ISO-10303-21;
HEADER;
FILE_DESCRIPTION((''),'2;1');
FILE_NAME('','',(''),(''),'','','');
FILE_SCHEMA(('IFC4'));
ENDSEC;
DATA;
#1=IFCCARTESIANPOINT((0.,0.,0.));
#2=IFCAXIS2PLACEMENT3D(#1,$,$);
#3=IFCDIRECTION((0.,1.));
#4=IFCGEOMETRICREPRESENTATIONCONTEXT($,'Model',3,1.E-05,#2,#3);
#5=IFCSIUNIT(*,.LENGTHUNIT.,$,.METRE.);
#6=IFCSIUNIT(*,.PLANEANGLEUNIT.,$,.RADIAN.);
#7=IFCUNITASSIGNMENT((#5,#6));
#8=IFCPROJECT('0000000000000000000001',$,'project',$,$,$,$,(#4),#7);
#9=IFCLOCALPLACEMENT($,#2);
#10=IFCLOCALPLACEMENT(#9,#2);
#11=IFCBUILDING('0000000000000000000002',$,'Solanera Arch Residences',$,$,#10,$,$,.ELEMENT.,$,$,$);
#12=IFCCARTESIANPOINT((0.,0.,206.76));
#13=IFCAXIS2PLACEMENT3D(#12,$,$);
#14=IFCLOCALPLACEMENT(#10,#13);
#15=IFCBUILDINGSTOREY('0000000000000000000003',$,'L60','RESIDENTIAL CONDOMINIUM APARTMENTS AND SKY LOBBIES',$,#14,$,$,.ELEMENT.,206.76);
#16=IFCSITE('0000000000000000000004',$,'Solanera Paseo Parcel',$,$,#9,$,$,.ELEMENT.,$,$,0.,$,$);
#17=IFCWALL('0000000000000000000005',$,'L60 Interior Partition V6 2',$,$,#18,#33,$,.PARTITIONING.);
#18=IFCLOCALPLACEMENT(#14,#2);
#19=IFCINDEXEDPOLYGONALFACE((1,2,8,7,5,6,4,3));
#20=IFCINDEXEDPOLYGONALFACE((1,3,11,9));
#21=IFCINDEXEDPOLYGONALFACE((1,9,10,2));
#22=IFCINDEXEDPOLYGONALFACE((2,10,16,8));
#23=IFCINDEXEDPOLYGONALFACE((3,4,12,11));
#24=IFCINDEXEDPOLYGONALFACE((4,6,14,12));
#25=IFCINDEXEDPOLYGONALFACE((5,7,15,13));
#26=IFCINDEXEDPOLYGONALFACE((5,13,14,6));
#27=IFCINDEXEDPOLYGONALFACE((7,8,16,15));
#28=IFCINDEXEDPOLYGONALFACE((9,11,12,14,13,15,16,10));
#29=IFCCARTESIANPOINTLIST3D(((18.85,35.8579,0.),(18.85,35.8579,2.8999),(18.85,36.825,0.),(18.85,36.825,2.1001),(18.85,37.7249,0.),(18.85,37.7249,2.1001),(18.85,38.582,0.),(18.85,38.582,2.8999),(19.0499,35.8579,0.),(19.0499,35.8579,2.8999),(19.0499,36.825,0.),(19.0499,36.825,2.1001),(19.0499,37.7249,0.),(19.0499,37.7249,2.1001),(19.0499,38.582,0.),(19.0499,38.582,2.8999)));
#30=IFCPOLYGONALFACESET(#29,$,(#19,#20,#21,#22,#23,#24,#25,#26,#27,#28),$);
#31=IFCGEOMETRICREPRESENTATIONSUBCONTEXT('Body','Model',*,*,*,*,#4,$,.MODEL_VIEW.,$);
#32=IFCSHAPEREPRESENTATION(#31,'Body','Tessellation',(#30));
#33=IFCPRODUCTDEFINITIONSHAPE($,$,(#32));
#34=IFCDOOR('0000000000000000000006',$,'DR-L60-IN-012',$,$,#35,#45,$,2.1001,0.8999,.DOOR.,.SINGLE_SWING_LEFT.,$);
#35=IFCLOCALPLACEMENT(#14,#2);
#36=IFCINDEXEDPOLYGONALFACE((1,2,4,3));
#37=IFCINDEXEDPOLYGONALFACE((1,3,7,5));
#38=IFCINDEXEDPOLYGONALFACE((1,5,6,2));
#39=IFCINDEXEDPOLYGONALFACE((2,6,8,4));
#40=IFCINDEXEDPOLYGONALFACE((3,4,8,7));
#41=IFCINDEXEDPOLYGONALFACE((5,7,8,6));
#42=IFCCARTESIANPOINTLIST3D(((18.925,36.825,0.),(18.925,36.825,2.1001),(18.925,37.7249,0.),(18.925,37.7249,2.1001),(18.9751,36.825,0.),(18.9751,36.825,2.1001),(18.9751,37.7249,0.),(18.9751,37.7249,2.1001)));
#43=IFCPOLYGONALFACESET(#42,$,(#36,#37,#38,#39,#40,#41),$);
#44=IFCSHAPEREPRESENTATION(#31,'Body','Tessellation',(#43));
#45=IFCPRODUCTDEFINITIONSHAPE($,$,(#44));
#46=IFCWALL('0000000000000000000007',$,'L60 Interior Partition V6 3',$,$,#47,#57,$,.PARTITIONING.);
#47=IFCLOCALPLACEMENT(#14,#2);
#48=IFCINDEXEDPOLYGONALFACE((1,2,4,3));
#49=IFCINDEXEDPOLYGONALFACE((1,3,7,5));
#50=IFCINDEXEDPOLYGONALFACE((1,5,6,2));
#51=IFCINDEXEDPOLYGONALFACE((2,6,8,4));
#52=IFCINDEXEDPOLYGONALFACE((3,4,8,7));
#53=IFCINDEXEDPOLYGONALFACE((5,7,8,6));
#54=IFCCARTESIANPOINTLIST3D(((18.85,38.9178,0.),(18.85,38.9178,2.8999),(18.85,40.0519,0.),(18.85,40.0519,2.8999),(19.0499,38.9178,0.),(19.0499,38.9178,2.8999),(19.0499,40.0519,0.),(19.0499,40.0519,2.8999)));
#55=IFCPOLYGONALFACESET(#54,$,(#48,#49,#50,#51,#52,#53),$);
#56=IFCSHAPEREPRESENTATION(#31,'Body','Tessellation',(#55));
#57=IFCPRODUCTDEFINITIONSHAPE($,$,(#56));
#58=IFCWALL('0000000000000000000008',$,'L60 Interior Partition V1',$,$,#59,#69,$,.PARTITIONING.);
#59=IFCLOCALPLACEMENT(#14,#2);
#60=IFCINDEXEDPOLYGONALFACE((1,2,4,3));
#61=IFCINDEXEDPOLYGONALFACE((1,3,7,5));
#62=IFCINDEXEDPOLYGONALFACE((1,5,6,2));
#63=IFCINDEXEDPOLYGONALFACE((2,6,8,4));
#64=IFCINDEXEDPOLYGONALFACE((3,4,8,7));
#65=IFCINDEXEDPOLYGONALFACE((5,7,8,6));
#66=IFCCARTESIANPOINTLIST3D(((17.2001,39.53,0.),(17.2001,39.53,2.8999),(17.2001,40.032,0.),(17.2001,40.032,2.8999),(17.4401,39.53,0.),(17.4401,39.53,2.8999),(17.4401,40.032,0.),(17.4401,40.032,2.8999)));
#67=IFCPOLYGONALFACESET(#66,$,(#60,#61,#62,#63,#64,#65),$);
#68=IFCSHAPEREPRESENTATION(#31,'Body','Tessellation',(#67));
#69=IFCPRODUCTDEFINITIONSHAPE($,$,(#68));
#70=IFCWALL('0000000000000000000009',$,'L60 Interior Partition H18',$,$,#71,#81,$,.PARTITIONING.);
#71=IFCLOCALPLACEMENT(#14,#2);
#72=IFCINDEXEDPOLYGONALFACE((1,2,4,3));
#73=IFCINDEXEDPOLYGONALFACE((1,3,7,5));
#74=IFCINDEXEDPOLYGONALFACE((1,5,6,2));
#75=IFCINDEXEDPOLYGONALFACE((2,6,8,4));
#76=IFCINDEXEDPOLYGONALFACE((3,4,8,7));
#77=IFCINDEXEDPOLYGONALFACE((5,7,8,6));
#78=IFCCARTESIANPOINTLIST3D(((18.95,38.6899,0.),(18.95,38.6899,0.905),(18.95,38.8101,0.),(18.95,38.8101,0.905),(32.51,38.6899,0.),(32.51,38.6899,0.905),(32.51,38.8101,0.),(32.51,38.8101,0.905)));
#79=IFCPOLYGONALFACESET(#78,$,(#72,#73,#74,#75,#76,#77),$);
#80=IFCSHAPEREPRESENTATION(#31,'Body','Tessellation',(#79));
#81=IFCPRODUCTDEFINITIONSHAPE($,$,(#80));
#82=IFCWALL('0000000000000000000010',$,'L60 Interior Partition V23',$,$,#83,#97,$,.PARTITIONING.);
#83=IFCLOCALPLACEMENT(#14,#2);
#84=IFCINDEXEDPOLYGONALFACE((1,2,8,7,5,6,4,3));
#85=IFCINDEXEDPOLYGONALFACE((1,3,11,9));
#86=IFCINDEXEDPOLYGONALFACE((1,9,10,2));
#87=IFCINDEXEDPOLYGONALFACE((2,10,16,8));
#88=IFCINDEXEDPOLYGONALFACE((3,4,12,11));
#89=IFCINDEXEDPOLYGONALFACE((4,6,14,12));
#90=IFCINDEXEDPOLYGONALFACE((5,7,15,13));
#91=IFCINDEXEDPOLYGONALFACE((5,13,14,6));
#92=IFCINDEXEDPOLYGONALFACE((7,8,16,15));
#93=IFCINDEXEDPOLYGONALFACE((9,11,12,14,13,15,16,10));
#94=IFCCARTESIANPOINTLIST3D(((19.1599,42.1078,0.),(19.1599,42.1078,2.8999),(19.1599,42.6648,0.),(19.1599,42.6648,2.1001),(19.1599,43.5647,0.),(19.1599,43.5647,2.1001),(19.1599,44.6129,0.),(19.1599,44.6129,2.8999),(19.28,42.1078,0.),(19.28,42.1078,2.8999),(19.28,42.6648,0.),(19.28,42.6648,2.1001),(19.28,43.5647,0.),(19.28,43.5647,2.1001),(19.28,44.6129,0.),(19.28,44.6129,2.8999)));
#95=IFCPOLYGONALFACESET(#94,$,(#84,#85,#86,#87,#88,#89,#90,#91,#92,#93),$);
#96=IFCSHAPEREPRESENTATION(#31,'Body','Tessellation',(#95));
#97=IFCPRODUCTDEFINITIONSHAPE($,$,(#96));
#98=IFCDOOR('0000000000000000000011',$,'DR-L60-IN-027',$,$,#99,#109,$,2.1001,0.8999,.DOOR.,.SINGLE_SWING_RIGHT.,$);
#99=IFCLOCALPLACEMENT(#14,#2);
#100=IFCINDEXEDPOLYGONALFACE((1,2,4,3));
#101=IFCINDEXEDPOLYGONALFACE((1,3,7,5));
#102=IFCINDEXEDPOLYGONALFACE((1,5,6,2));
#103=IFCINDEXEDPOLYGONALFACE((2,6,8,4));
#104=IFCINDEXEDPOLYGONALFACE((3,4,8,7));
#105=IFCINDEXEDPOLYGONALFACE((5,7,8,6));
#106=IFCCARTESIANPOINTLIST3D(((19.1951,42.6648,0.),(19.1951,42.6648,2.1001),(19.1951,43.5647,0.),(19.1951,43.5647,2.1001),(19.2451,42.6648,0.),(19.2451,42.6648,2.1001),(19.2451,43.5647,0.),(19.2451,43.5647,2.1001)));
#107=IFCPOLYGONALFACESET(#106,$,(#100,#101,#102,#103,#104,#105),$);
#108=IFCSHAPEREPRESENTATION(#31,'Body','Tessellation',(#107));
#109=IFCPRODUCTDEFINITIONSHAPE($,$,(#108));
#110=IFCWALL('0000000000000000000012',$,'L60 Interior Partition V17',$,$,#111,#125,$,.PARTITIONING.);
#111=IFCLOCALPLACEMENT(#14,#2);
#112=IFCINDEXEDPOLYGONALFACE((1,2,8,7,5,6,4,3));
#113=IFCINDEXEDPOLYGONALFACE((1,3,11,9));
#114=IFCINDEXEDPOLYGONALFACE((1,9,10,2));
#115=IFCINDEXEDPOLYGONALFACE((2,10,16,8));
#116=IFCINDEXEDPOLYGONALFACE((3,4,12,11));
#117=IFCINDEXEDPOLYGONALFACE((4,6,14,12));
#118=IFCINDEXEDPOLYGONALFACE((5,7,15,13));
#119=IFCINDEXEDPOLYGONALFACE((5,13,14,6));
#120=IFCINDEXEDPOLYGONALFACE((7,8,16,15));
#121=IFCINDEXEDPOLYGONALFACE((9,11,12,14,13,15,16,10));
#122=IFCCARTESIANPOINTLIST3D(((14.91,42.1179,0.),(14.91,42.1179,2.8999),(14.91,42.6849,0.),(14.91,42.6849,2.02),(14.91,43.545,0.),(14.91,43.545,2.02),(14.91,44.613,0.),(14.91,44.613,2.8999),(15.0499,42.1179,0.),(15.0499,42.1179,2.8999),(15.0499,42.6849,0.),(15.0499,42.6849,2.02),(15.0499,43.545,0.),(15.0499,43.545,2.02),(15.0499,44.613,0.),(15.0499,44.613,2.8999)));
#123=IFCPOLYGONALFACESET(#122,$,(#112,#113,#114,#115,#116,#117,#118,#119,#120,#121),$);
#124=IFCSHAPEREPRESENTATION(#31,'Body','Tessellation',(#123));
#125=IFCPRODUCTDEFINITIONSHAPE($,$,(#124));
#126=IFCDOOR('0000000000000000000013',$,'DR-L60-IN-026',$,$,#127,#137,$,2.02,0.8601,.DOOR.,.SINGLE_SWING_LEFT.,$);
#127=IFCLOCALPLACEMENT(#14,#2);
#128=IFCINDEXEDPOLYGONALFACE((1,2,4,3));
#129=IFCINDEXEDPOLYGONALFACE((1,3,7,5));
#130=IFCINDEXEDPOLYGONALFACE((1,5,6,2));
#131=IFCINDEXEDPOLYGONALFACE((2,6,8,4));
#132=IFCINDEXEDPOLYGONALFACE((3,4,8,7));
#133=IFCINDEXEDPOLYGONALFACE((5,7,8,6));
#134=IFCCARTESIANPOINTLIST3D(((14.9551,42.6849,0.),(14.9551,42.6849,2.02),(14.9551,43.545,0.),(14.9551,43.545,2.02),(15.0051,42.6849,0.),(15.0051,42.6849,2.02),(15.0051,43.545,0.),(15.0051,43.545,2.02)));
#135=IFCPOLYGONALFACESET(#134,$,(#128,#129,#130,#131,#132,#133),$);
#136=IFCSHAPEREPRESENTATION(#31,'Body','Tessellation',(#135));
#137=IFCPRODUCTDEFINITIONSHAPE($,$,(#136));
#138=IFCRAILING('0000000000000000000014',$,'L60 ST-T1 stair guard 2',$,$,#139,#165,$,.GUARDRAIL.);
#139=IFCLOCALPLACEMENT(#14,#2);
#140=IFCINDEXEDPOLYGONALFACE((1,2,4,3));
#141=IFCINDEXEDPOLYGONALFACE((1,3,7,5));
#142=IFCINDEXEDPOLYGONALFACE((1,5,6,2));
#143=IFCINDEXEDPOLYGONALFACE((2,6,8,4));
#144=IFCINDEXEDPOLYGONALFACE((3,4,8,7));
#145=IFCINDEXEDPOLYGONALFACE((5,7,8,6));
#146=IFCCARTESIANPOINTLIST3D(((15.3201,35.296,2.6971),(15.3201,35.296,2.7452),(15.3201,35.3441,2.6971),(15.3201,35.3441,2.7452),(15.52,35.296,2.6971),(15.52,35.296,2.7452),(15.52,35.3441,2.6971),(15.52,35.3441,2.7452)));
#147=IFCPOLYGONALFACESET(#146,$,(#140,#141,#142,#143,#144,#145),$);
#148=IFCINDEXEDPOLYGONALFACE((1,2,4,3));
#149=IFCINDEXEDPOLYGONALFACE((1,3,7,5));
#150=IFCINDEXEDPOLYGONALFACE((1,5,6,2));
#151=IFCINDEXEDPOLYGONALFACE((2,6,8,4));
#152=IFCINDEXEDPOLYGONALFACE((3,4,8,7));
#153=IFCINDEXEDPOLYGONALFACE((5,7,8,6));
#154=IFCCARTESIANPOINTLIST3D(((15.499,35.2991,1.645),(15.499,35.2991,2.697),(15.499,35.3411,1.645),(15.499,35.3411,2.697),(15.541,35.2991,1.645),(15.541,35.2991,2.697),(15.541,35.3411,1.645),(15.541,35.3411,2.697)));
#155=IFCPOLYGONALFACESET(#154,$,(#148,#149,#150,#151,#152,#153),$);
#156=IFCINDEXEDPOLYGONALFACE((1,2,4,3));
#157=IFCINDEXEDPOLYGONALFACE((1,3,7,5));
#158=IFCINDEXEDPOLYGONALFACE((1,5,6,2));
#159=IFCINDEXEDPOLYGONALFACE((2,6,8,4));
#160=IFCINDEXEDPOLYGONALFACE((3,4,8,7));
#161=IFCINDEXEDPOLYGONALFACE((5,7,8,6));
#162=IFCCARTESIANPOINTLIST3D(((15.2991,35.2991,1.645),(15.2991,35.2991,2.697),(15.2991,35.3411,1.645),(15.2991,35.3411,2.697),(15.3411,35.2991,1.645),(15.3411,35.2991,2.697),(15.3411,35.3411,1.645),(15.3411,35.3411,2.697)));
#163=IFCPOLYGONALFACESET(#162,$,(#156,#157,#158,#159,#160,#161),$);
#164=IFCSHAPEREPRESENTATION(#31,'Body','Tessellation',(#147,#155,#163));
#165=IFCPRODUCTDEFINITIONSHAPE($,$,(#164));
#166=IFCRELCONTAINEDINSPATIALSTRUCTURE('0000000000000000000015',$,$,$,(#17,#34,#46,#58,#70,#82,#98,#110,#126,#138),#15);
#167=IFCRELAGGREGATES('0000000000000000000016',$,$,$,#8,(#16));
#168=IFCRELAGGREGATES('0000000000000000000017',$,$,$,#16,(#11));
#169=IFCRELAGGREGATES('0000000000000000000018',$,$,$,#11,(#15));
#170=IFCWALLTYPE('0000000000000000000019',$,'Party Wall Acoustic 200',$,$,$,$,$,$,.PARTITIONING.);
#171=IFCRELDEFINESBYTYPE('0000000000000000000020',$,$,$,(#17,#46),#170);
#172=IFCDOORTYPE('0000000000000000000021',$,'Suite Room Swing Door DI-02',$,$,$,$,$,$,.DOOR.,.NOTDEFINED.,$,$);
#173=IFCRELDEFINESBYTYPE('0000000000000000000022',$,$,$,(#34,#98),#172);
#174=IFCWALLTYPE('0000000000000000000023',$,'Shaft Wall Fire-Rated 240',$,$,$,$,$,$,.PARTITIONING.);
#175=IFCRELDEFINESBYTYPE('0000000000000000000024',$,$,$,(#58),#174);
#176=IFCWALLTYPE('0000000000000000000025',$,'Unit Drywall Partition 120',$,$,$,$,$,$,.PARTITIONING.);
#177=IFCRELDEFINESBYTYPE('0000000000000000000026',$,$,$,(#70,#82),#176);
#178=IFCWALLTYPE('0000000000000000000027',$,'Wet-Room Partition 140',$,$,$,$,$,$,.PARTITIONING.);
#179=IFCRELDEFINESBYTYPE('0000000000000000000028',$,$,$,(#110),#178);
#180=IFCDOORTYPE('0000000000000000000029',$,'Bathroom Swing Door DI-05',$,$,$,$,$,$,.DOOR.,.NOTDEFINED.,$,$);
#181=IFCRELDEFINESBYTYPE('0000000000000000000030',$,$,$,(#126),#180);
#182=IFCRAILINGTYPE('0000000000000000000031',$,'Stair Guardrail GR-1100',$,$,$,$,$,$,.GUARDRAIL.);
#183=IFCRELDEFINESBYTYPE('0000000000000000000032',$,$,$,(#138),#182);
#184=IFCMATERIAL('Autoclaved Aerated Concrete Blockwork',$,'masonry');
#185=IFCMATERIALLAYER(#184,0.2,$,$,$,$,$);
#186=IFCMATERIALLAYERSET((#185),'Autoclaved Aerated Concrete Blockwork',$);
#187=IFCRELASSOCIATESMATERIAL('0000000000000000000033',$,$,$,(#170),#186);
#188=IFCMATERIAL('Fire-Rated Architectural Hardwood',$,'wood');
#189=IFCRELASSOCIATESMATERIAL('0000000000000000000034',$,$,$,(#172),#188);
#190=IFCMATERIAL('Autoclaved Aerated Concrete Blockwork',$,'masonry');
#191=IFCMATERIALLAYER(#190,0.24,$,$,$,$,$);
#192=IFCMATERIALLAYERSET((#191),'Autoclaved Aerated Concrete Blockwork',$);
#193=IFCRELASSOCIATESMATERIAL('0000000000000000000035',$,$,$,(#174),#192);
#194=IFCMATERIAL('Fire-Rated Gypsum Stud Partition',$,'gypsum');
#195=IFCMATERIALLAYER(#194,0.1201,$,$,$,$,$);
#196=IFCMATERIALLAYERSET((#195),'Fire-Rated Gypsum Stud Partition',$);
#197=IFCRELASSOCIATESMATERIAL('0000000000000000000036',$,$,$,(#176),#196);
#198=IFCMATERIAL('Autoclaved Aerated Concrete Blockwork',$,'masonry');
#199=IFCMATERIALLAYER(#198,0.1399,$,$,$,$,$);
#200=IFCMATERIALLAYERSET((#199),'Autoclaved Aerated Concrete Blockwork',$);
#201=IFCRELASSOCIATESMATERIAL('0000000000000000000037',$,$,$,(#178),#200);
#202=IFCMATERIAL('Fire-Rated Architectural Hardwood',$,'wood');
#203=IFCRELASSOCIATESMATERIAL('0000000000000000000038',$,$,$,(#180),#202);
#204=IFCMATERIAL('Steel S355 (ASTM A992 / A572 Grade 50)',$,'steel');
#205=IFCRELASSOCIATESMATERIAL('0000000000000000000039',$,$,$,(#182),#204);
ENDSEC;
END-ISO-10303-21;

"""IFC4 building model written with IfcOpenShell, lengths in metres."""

from ifc_helpers import new_model, si_unit, direction, frame, frame_2d, origin, origin_2d, place, context, subcontext, project, spatial, rectangle, extrude, material, layer, layer_set, type_object, element, fill, save


model = new_model("IFC4")

# Units and contexts
model_context = context("Model", 3, precision=1e-05, world=origin(), true_north=direction((0.0, 1.0)))
body_context = subcontext(model_context, "Body", "Model", "MODEL_VIEW")
ifc_project = project(units=[si_unit("LENGTHUNIT", "METRE"), si_unit("PLANEANGLEUNIT", "RADIAN")], contexts=[model_context])

# Site, building, storey
site_placement = place(None, origin())
site = spatial("IfcSite", under=ifc_project, at=site_placement, Name="Solanera Paseo Parcel", CompositionType="ELEMENT", RefElevation=0.0)
building_placement = place(site_placement, origin())
building = spatial("IfcBuilding", under=site, at=building_placement, Name="Solanera Arch Residences", CompositionType="ELEMENT")
storey_placement = place(building_placement, frame((0.0, 0.0, 206.76)))
storey = spatial("IfcBuildingStorey", under=building, at=storey_placement, Name="L60", Description="RESIDENTIAL CONDOMINIUM APARTMENTS AND SKY LOBBIES", CompositionType="ELEMENT", Elevation=206.76)

# Shared definitions
ifc_material_1 = material(Name="Autoclaved Aerated Concrete Blockwork", Category="masonry")
ifc_layer_1 = layer(ifc_material_1, 0.2)
ifc_layer_set_1 = layer_set([ifc_layer_1], Name="Autoclaved Aerated Concrete Blockwork")
wall_type_1 = type_object("IfcWallType", Name="Party Wall Acoustic 200", PredefinedType="PARTITIONING", material=ifc_layer_set_1)

# Wall, opening, door
wall_1_placement = place(storey_placement, frame((18.95, 35.8579, 0.0), z_axis=(0.0, 0.0, 1.0), x_axis=(0.0, 1.0, 0.0)))
wall_1 = element("IfcWall", 1, at=wall_1_placement, inside=storey, type_object=wall_type_1, Name="L60 Interior Partition V6 2", PredefinedType="PARTITIONING", context=body_context, shape_type="SweptSolid", body=[
    extrude(rectangle(XDim=2.7241, YDim=0.2, at=frame_2d((1.3621, 0.0))), origin(), (0.0, 0.0, 1.0), 2.8999),
])
opening_1_placement = place(wall_1_placement, frame((0.967, 0.0, 0.0)))
opening_1 = element("IfcOpeningElement", 2, at=opening_1_placement, cuts=wall_1, PredefinedType="OPENING", context=body_context, shape_type="SweptSolid", body=[
    extrude(rectangle(XDim=0.8999, YDim=2.1001, at=frame_2d((0.45, 1.05))), frame((0.0, 0.1101, 0.0), z_axis=(0.0, -1.0, 0.0), x_axis=(1.0, 0.0, 0.0)), (0.0, 0.0, 1.0), 0.22),
])
ifc_material_2 = material(Name="Fire-Rated Architectural Hardwood", Category="wood")
door_type_1 = type_object("IfcDoorType", Name="Suite Room Swing Door DI-02", OperationType="NOTDEFINED", PredefinedType="DOOR", material=ifc_material_2)
door_1_placement = place(opening_1_placement, origin())
door_1 = element("IfcDoor", 3, at=door_1_placement, inside=storey, type_object=door_type_1, Name="DR-L60-IN-012", OperationType="SINGLE_SWING_LEFT", OverallHeight=2.1001, OverallWidth=0.8999, PredefinedType="DOOR", context=body_context, shape_type="SweptSolid", body=[
    extrude(rectangle(XDim=0.8999, YDim=2.1001, at=frame_2d((0.45, 1.05))), frame((0.0, 0.0249, 0.0), z_axis=(0.0, -1.0, 0.0), x_axis=(1.0, 0.0, 0.0)), (0.0, 0.0, 1.0), 0.05),
])
fill(opening_1, door_1)

# Walls
wall_2_placement = place(storey_placement, frame((18.95, 38.918, 0.0), z_axis=(0.0, 0.0, 1.0), x_axis=(0.0, 1.0, 0.0)))
element("IfcWall", 4, at=wall_2_placement, inside=storey, type_object=wall_type_1, Name="L60 Interior Partition V6 3", PredefinedType="PARTITIONING", context=body_context, shape_type="SweptSolid", body=[
    extrude(rectangle(XDim=1.134, YDim=0.2, at=frame_2d((0.5669, 0.0))), origin(), (0.0, 0.0, 1.0), 2.8999),
])
ifc_material_3 = material(Name="Autoclaved Aerated Concrete Blockwork", Category="masonry")
ifc_layer_2 = layer(ifc_material_3, 0.24)
ifc_layer_set_2 = layer_set([ifc_layer_2], Name="Autoclaved Aerated Concrete Blockwork")
wall_type_2 = type_object("IfcWallType", Name="Shaft Wall Fire-Rated 240", PredefinedType="PARTITIONING", material=ifc_layer_set_2)
wall_3_placement = place(storey_placement, frame((17.3201, 39.53, 0.0), z_axis=(0.0, 0.0, 1.0), x_axis=(0.0, 1.0, 0.0)))
element("IfcWall", 5, at=wall_3_placement, inside=storey, type_object=wall_type_2, Name="L60 Interior Partition V1", PredefinedType="PARTITIONING", context=body_context, shape_type="SweptSolid", body=[
    extrude(rectangle(XDim=0.502, YDim=0.24, at=frame_2d((0.251, 0.0))), origin(), (0.0, 0.0, 1.0), 2.8999),
])
ifc_material_4 = material(Name="Fire-Rated Gypsum Stud Partition", Category="gypsum")
ifc_layer_3 = layer(ifc_material_4, 0.1201)
ifc_layer_set_3 = layer_set([ifc_layer_3], Name="Fire-Rated Gypsum Stud Partition")
wall_type_3 = type_object("IfcWallType", Name="Unit Drywall Partition 120", PredefinedType="PARTITIONING", material=ifc_layer_set_3)
wall_4_placement = place(storey_placement, frame((18.95, 38.75, 0.0), z_axis=(0.0, 0.0, 1.0), x_axis=(1.0, 0.0, 0.0)))
element("IfcWall", 6, at=wall_4_placement, inside=storey, type_object=wall_type_3, Name="L60 Interior Partition H18", PredefinedType="PARTITIONING", context=body_context, shape_type="SweptSolid", body=[
    extrude(rectangle(XDim=13.5601, YDim=0.1201, at=frame_2d((6.78, 0.0))), origin(), (0.0, 0.0, 1.0), 0.905),
])

# Walls, openings, doors
wall_5_placement = place(storey_placement, frame((19.22, 42.1079, 0.0), z_axis=(0.0, 0.0, 1.0), x_axis=(0.0, 1.0, 0.0)))
wall_5 = element("IfcWall", 7, at=wall_5_placement, inside=storey, type_object=wall_type_3, Name="L60 Interior Partition V23", PredefinedType="PARTITIONING", context=body_context, shape_type="SweptSolid", body=[
    extrude(rectangle(XDim=2.5051, YDim=0.1201, at=frame_2d((1.2524, 0.0))), origin(), (0.0, 0.0, 1.0), 2.8999),
])
opening_2_placement = place(wall_5_placement, frame((0.5569, 0.0, 0.0)))
opening_2 = element("IfcOpeningElement", 8, at=opening_2_placement, cuts=wall_5, PredefinedType="OPENING", context=body_context, shape_type="SweptSolid", body=[
    extrude(rectangle(XDim=0.8999, YDim=2.1001, at=frame_2d((0.45, 1.05))), frame((0.0, 0.0701, 0.0), z_axis=(0.0, -1.0, 0.0), x_axis=(1.0, 0.0, 0.0)), (0.0, 0.0, 1.0), 0.1401),
])
door_2_placement = place(opening_2_placement, origin())
door_2 = element("IfcDoor", 9, at=door_2_placement, inside=storey, type_object=door_type_1, Name="DR-L60-IN-027", OperationType="SINGLE_SWING_RIGHT", OverallHeight=2.1001, OverallWidth=0.8999, PredefinedType="DOOR", context=body_context, shape_type="SweptSolid", body=[
    extrude(rectangle(XDim=0.8999, YDim=2.1001, at=frame_2d((0.45, 1.05))), frame((0.0, 0.0249, 0.0), z_axis=(0.0, -1.0, 0.0), x_axis=(1.0, 0.0, 0.0)), (0.0, 0.0, 1.0), 0.05),
])
fill(opening_2, door_2)
ifc_material_5 = material(Name="Autoclaved Aerated Concrete Blockwork", Category="masonry")
ifc_layer_4 = layer(ifc_material_5, 0.1399)
ifc_layer_set_4 = layer_set([ifc_layer_4], Name="Autoclaved Aerated Concrete Blockwork")
wall_type_4 = type_object("IfcWallType", Name="Wet-Room Partition 140", PredefinedType="PARTITIONING", material=ifc_layer_set_4)
wall_6_placement = place(storey_placement, frame((14.98, 42.1179, 0.0), z_axis=(0.0, 0.0, 1.0), x_axis=(0.0, 1.0, 0.0)))
wall_6 = element("IfcWall", 10, at=wall_6_placement, inside=storey, type_object=wall_type_4, Name="L60 Interior Partition V17", PredefinedType="PARTITIONING", context=body_context, shape_type="SweptSolid", body=[
    extrude(rectangle(XDim=2.4951, YDim=0.1399, at=frame_2d((1.2476, 0.0))), origin(), (0.0, 0.0, 1.0), 2.8999),
])
opening_3_placement = place(wall_6_placement, frame((0.5669, 0.0, 0.0)))
opening_3 = element("IfcOpeningElement", 11, at=opening_3_placement, cuts=wall_6, PredefinedType="OPENING", context=body_context, shape_type="SweptSolid", body=[
    extrude(rectangle(XDim=0.8601, YDim=2.02, at=frame_2d((0.4302, 1.01))), frame((0.0, 0.0798, 0.0), z_axis=(0.0, -1.0, 0.0), x_axis=(1.0, 0.0, 0.0)), (0.0, 0.0, 1.0), 0.1599),
])
ifc_material_6 = material(Name="Fire-Rated Architectural Hardwood", Category="wood")
door_type_2 = type_object("IfcDoorType", Name="Bathroom Swing Door DI-05", OperationType="NOTDEFINED", PredefinedType="DOOR", material=ifc_material_6)
door_3_placement = place(opening_3_placement, origin())
door_3 = element("IfcDoor", 12, at=door_3_placement, inside=storey, type_object=door_type_2, Name="DR-L60-IN-026", OperationType="SINGLE_SWING_LEFT", OverallHeight=2.02, OverallWidth=0.8601, PredefinedType="DOOR", context=body_context, shape_type="SweptSolid", body=[
    extrude(rectangle(XDim=0.8601, YDim=2.02, at=frame_2d((0.4302, 1.01))), frame((0.0, 0.0249, 0.0), z_axis=(0.0, -1.0, 0.0), x_axis=(1.0, 0.0, 0.0)), (0.0, 0.0, 1.0), 0.05),
])
fill(opening_3, door_3)

# Railing
ifc_material_7 = material(Name="Steel S355 (ASTM A992 / A572 Grade 50)", Category="steel")
railing_type = type_object("IfcRailingType", Name="Stair Guardrail GR-1100", PredefinedType="GUARDRAIL", material=ifc_material_7)
railing_placement = place(storey_placement, frame((15.52, 35.3201, 1.645)))
element("IfcRailing", 13, at=railing_placement, inside=storey, type_object=railing_type, Name="L60 ST-T1 stair guard 2", PredefinedType="GUARDRAIL", context=body_context, shape_type="SweptSolid", body=[
    extrude(rectangle(XDim=0.0481, YDim=0.0481, at=origin_2d()), frame((0.0, 0.0, 1.0762), z_axis=(-1.0, 0.0, 0.0), x_axis=(0.0, -1.0, 0.0)), (0.0, 0.0, 1.0), 0.2),
    extrude(rectangle(XDim=0.042, YDim=0.042, at=origin_2d()), origin(), (0.0, 0.0, 1.0), 1.052),
    extrude(rectangle(XDim=0.042, YDim=0.042, at=origin_2d()), frame((-0.2, 0.0, 0.0)), (0.0, 0.0, 1.0), 1.052),
])

save(model, "model.ifc")
